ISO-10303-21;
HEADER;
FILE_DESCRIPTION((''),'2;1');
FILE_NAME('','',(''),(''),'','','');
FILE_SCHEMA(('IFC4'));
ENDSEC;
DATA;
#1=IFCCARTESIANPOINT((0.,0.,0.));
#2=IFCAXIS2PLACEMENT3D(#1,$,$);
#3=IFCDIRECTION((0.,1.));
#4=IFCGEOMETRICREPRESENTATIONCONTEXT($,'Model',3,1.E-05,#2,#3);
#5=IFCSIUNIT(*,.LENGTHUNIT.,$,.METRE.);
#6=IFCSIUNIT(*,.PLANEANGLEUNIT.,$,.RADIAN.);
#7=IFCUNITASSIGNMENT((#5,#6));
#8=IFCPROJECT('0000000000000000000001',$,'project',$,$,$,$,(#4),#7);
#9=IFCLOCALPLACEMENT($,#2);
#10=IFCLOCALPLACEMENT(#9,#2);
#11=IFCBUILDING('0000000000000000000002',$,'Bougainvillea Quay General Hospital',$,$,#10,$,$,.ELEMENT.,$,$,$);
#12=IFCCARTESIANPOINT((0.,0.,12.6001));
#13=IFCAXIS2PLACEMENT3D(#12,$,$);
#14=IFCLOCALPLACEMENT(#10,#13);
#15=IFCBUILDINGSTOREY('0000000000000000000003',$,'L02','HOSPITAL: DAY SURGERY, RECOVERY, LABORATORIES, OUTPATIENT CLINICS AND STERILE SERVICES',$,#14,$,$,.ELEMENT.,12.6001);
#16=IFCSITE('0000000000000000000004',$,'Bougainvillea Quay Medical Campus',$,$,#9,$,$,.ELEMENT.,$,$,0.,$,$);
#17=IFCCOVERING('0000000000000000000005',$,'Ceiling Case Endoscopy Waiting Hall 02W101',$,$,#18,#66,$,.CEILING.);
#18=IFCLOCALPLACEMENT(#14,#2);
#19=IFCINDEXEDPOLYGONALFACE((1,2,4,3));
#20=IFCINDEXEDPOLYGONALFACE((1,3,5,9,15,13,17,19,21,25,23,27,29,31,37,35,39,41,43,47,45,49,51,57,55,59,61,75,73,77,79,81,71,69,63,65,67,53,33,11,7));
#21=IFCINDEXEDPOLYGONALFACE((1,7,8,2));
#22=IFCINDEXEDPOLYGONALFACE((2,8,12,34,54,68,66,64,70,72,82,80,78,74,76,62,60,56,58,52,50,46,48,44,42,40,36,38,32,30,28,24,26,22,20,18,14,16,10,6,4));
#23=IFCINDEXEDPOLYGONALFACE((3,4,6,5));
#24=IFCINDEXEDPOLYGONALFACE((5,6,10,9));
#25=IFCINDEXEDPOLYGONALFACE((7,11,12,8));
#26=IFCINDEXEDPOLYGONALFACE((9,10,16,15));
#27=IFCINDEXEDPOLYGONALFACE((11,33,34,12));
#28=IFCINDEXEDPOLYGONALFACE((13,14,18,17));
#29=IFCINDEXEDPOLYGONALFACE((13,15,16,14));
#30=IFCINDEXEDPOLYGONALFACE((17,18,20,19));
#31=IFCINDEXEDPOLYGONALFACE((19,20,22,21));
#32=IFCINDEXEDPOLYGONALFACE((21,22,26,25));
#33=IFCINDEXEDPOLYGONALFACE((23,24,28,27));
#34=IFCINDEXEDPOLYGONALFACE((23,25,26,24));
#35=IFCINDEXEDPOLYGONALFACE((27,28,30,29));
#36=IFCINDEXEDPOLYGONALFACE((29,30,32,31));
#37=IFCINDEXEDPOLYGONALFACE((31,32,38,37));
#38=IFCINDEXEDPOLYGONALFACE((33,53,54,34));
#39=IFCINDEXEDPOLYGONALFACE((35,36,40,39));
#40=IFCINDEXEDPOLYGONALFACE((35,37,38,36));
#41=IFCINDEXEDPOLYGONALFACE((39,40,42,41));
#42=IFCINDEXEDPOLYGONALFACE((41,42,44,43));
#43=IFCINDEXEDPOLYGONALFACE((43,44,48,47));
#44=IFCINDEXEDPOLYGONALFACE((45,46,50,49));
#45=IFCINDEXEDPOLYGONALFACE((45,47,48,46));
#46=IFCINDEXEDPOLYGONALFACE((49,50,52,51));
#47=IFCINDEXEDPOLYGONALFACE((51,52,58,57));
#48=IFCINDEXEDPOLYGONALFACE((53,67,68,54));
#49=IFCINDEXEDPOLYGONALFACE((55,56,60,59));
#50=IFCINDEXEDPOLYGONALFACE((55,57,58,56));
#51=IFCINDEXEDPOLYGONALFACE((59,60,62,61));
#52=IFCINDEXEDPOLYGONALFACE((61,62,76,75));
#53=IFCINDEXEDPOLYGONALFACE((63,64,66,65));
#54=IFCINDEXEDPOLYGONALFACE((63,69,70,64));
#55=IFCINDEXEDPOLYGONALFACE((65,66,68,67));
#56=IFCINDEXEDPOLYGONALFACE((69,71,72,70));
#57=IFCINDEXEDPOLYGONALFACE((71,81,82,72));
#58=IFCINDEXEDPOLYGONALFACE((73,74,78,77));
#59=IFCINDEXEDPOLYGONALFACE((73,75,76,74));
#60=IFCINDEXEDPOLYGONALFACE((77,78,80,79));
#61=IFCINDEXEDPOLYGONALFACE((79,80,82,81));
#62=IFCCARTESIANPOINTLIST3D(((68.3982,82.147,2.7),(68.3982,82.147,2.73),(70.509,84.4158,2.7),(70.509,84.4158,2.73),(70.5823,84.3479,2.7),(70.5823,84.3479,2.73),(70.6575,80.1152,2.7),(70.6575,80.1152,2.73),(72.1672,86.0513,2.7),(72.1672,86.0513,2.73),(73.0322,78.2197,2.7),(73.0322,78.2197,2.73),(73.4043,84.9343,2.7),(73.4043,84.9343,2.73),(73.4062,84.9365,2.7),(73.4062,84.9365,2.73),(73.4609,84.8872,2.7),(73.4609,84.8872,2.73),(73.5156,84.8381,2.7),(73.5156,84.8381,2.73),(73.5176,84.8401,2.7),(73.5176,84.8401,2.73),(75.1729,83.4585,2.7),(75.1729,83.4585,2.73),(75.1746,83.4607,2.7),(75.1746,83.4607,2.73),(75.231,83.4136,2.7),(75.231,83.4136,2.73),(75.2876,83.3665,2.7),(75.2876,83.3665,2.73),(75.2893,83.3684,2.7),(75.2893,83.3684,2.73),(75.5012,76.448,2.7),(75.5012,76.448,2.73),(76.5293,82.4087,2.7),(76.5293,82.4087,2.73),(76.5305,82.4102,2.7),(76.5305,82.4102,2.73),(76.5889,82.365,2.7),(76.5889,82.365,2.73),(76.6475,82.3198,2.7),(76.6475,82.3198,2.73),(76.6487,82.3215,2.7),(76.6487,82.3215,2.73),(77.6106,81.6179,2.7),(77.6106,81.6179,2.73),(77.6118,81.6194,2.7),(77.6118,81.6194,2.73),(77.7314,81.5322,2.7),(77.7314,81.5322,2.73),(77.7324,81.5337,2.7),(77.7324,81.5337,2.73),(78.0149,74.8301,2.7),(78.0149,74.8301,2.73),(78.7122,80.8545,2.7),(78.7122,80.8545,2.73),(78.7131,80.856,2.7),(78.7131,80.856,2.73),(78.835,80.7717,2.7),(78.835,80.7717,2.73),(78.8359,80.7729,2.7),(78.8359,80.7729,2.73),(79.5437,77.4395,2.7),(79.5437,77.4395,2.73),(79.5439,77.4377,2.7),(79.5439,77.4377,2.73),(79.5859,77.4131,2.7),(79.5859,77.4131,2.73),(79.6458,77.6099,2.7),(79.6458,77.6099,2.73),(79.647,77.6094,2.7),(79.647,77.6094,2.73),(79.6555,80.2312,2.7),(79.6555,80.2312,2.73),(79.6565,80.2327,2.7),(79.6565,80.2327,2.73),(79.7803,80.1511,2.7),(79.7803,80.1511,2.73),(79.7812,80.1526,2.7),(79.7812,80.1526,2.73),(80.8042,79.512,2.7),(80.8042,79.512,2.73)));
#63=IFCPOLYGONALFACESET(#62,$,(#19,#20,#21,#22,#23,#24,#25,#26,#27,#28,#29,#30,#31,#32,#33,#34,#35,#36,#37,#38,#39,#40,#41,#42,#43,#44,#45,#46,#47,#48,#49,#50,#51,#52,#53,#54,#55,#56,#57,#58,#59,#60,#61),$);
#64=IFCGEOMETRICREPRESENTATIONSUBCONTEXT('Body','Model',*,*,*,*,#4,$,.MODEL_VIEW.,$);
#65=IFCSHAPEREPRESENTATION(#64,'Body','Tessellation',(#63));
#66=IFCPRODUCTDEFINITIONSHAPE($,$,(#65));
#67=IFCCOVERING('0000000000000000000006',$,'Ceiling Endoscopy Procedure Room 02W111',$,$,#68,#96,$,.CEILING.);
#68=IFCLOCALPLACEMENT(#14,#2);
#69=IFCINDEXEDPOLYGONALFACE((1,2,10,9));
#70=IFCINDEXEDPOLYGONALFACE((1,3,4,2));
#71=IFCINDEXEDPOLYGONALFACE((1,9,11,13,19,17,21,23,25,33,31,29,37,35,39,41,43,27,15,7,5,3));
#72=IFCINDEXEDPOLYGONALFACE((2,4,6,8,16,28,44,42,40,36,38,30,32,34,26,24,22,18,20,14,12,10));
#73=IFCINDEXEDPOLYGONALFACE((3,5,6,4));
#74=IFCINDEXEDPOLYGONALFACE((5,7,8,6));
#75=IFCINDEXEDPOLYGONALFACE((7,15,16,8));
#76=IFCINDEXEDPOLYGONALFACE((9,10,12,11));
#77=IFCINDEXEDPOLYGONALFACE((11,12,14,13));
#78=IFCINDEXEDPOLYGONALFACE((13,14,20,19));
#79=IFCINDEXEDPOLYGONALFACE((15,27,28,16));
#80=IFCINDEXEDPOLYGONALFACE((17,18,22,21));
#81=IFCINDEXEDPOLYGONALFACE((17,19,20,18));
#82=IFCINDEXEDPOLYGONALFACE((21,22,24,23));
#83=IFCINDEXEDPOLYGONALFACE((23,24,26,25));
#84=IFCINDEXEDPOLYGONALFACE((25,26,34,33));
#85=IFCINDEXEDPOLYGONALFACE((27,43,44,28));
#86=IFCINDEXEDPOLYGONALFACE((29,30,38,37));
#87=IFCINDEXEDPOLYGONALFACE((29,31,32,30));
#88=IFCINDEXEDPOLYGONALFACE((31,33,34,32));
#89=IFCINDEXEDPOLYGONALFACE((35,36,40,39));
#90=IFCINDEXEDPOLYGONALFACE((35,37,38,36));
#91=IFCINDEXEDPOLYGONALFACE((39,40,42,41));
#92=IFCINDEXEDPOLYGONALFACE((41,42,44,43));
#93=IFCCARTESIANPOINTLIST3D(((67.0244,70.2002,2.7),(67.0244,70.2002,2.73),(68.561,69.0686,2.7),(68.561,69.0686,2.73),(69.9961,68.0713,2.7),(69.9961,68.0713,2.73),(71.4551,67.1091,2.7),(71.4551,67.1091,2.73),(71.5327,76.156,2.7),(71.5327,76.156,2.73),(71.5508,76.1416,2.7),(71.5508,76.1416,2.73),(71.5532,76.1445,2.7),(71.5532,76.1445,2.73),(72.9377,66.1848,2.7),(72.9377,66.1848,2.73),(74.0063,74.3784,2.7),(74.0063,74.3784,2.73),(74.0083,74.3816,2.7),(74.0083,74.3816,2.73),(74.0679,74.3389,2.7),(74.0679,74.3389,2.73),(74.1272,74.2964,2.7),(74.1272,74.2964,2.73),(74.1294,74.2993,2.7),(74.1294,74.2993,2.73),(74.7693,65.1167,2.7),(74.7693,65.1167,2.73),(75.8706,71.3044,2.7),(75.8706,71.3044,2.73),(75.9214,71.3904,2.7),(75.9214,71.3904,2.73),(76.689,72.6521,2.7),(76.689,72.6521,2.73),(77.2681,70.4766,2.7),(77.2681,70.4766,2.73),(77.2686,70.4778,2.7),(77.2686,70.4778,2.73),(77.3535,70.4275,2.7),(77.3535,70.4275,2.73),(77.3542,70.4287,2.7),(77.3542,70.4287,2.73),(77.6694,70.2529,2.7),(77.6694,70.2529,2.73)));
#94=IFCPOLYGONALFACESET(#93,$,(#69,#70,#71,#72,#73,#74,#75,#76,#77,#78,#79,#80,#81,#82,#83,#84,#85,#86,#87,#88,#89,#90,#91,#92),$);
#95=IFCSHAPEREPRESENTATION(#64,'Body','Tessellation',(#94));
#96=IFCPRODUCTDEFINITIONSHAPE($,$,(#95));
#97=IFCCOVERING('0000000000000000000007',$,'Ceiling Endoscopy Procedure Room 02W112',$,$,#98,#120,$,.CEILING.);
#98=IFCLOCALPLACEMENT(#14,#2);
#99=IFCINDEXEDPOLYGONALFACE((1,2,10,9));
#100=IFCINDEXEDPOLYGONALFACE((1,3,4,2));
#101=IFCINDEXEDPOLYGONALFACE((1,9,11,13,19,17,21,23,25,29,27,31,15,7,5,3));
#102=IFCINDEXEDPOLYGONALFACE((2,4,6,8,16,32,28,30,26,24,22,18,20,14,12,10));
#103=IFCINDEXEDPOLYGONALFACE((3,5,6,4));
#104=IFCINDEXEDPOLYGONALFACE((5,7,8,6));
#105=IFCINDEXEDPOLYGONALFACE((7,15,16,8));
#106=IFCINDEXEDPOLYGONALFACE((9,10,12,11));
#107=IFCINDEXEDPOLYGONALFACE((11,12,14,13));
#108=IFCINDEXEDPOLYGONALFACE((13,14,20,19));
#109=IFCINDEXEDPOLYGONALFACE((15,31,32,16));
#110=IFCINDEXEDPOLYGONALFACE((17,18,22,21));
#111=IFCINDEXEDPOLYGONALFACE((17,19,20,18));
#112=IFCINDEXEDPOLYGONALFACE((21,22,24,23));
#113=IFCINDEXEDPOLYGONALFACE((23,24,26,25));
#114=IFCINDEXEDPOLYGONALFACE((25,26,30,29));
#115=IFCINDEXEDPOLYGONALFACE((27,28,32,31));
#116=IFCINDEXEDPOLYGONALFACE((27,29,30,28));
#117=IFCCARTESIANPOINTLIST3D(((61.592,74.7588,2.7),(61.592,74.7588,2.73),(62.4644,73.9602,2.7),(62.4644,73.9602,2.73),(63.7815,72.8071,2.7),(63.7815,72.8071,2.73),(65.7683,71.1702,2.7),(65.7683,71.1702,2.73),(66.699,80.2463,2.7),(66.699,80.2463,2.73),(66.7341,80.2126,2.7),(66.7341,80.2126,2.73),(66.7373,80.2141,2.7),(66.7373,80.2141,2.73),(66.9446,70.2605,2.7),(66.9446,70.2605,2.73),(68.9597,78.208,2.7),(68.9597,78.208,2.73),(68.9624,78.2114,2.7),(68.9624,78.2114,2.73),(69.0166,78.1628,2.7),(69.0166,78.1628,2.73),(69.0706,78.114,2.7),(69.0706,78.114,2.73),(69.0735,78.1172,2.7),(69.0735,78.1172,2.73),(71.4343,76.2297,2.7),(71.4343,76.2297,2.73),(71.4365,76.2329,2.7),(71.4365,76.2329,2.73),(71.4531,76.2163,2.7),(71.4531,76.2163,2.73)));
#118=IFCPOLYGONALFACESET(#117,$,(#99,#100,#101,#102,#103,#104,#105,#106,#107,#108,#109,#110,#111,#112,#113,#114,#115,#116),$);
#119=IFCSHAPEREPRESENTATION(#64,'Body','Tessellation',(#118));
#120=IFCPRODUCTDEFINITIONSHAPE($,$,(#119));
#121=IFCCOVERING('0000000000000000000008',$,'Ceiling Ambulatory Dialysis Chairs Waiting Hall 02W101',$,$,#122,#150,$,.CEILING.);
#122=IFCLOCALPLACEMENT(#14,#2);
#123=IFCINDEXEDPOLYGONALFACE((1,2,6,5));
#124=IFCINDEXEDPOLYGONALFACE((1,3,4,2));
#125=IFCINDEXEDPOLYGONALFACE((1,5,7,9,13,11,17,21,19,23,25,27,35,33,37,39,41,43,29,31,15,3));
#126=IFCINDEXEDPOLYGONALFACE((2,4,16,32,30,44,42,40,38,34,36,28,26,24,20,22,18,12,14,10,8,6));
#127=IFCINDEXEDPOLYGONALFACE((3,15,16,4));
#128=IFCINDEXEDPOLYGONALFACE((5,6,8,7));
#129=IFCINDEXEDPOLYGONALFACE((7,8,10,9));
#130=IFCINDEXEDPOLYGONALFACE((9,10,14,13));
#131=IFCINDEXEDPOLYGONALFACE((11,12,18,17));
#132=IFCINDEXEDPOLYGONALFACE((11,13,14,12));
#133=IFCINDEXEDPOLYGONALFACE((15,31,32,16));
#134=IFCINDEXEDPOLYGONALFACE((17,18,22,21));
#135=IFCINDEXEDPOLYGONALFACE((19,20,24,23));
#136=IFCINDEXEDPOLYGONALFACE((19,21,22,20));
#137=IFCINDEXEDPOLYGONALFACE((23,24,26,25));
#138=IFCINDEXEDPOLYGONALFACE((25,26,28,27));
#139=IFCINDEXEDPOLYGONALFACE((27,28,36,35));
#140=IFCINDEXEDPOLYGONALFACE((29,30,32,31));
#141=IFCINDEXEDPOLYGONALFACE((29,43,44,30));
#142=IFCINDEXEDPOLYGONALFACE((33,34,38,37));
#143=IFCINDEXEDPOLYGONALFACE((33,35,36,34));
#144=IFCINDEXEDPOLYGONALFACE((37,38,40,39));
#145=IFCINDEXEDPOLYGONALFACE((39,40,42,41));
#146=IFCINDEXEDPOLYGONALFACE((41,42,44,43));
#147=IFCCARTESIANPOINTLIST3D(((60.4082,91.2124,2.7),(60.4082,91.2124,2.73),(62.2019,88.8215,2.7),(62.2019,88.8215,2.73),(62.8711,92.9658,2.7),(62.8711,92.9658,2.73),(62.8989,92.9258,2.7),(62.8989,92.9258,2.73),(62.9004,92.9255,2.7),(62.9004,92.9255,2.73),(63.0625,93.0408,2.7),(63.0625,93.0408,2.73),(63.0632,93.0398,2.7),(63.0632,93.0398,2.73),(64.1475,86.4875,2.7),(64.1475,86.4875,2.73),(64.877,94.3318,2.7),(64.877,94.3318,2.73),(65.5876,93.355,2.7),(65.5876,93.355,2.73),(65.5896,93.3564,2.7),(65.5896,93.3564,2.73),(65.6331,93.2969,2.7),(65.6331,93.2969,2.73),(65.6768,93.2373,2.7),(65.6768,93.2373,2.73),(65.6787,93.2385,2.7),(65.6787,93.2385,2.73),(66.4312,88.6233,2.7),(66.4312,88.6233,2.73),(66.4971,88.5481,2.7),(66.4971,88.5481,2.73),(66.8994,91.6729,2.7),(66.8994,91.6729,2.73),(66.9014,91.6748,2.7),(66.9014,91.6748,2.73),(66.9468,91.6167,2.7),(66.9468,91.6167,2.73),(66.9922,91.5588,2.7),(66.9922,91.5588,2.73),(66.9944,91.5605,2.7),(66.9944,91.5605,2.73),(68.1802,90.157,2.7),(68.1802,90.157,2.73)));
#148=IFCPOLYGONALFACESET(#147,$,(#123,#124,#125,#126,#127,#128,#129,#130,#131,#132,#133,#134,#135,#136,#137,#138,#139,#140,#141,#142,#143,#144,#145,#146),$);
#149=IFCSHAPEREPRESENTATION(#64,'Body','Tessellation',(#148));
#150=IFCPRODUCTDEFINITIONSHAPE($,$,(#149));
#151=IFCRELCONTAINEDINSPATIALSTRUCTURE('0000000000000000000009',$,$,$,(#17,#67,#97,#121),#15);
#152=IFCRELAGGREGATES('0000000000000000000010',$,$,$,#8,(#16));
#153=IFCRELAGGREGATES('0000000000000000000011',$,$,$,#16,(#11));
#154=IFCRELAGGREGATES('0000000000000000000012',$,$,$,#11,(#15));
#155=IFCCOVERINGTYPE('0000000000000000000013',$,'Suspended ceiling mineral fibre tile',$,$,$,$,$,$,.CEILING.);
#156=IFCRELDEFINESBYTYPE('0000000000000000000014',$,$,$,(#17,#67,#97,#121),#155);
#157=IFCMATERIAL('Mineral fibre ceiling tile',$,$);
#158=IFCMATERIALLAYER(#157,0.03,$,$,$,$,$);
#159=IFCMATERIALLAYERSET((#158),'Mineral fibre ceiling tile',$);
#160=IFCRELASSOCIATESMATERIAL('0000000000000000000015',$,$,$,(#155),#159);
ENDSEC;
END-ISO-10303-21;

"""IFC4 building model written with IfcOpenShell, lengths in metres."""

from ifc_helpers import new_model, si_unit, direction, frame, origin, place, context, subcontext, project, spatial, polyline, outline, extrude, material, layer, layer_set, type_object, element, save


model = new_model("IFC4")

# Units and contexts
model_context = context("Model", 3, precision=1e-05, world=origin(), true_north=direction((0.0, 1.0)))
body_context = subcontext(model_context, "Body", "Model", "MODEL_VIEW")
ifc_project = project(units=[si_unit("LENGTHUNIT", "METRE"), si_unit("PLANEANGLEUNIT", "RADIAN")], contexts=[model_context])

# Site, building, storey
site_placement = place(None, origin())
site = spatial("IfcSite", under=ifc_project, at=site_placement, Name="Bougainvillea Quay Medical Campus", CompositionType="ELEMENT", RefElevation=0.0)
building_placement = place(site_placement, origin())
building = spatial("IfcBuilding", under=site, at=building_placement, Name="Bougainvillea Quay General Hospital", CompositionType="ELEMENT")
storey_placement = place(building_placement, frame((0.0, 0.0, 12.6001)))
storey = spatial("IfcBuildingStorey", under=building, at=storey_placement, Name="L02", Description="HOSPITAL: DAY SURGERY, RECOVERY, LABORATORIES, OUTPATIENT CLINICS AND STERILE SERVICES", CompositionType="ELEMENT", Elevation=12.6001)

# Coverings
ifc_material = material(Name="Mineral fibre ceiling tile")
ifc_layer = layer(ifc_material, 0.03)
ifc_layer_set = layer_set([ifc_layer], Name="Mineral fibre ceiling tile")
covering_type = type_object("IfcCoveringType", Name="Suspended ceiling mineral fibre tile", PredefinedType="CEILING", material=ifc_layer_set)
covering_1_placement = place(storey_placement, frame((0.0, 0.0, 2.7)))
element("IfcCovering", 1, at=covering_1_placement, inside=storey, type_object=covering_type, Name="Ceiling Case Endoscopy Waiting Hall 02W101", PredefinedType="CEILING", context=body_context, shape_type="SweptSolid", body=[
    extrude(outline(polyline([(68.3982, 82.147), (70.6575, 80.1152), (73.0322, 78.2197), (75.5012, 76.448), (78.0149, 74.8301), (79.5859, 77.4131), (79.5439, 77.4377), (79.5437, 77.4395), (79.6458, 77.6099), (79.647, 77.6094), (80.8042, 79.512), (79.7812, 80.1526), (79.7803, 80.1511), (79.6555, 80.2312), (79.6565, 80.2327), (78.8359, 80.7729), (78.835, 80.7717), (78.7122, 80.8545), (78.7131, 80.856), (77.7324, 81.5337), (77.7314, 81.5322), (77.6106, 81.6179), (77.6118, 81.6194), (76.6487, 82.3215), (76.6475, 82.3198), (76.5889, 82.365), (76.5293, 82.4087), (76.5305, 82.4102), (75.2893, 83.3684), (75.2876, 83.3665), (75.231, 83.4136), (75.1729, 83.4585), (75.1746, 83.4607), (73.5176, 84.8401), (73.5156, 84.8381), (73.4609, 84.8872), (73.4043, 84.9343), (73.4062, 84.9365), (72.1672, 86.0513), (70.5823, 84.3479), (70.509, 84.4158), (68.3982, 82.147)])), origin(), (0.0, 0.0, 1.0), 0.03),
])
covering_2_placement = place(storey_placement, frame((0.0, 0.0, 2.7)))
element("IfcCovering", 2, at=covering_2_placement, inside=storey, type_object=covering_type, Name="Ceiling Endoscopy Procedure Room 02W111", PredefinedType="CEILING", context=body_context, shape_type="SweptSolid", body=[
    extrude(outline(polyline([(74.0679, 74.3389), (74.0063, 74.3784), (74.0083, 74.3816), (71.5532, 76.1445), (71.5508, 76.1416), (71.5327, 76.156), (67.0244, 70.2002), (68.561, 69.0686), (69.9961, 68.0713), (71.4551, 67.1091), (72.9377, 66.1848), (74.7693, 65.1167), (77.6694, 70.2529), (77.3542, 70.4287), (77.3535, 70.4275), (77.2681, 70.4766), (77.2686, 70.4778), (75.8706, 71.3044), (75.9214, 71.3904), (76.689, 72.6521), (74.1294, 74.2993), (74.1272, 74.2964), (74.0679, 74.3389)])), origin(), (0.0, 0.0, 1.0), 0.03),
])
covering_3_placement = place(storey_placement, frame((0.0, 0.0, 2.7)))
element("IfcCovering", 3, at=covering_3_placement, inside=storey, type_object=covering_type, Name="Ceiling Endoscopy Procedure Room 02W112", PredefinedType="CEILING", context=body_context, shape_type="SweptSolid", body=[
    extrude(outline(polyline([(65.7683, 71.1702), (66.9446, 70.2605), (71.4531, 76.2163), (71.4343, 76.2297), (71.4365, 76.2329), (69.0735, 78.1172), (69.0706, 78.114), (69.0166, 78.1628), (68.9597, 78.208), (68.9624, 78.2114), (66.7373, 80.2141), (66.7341, 80.2126), (66.699, 80.2463), (61.592, 74.7588), (62.4644, 73.9602), (63.7815, 72.8071), (65.7683, 71.1702)])), origin(), (0.0, 0.0, 1.0), 0.03),
])
covering_4_placement = place(storey_placement, frame((0.0, 0.0, 2.7)))
element("IfcCovering", 4, at=covering_4_placement, inside=storey, type_object=covering_type, Name="Ceiling Ambulatory Dialysis Chairs Waiting Hall 02W101", PredefinedType="CEILING", context=body_context, shape_type="SweptSolid", body=[
    extrude(outline(polyline([(66.4971, 88.5481), (66.4312, 88.6233), (68.1802, 90.157), (66.9944, 91.5605), (66.9922, 91.5588), (66.9468, 91.6167), (66.8994, 91.6729), (66.9014, 91.6748), (65.6787, 93.2385), (65.6768, 93.2373), (65.6331, 93.2969), (65.5876, 93.355), (65.5896, 93.3564), (64.877, 94.3318), (63.0625, 93.0408), (63.0632, 93.0398), (62.9004, 92.9255), (62.8989, 92.9258), (62.8711, 92.9658), (60.4082, 91.2124), (62.2019, 88.8215), (64.1475, 86.4875), (66.4971, 88.5481)])), origin(), (0.0, 0.0, 1.0), 0.03),
])

save(model, "model.ifc")
